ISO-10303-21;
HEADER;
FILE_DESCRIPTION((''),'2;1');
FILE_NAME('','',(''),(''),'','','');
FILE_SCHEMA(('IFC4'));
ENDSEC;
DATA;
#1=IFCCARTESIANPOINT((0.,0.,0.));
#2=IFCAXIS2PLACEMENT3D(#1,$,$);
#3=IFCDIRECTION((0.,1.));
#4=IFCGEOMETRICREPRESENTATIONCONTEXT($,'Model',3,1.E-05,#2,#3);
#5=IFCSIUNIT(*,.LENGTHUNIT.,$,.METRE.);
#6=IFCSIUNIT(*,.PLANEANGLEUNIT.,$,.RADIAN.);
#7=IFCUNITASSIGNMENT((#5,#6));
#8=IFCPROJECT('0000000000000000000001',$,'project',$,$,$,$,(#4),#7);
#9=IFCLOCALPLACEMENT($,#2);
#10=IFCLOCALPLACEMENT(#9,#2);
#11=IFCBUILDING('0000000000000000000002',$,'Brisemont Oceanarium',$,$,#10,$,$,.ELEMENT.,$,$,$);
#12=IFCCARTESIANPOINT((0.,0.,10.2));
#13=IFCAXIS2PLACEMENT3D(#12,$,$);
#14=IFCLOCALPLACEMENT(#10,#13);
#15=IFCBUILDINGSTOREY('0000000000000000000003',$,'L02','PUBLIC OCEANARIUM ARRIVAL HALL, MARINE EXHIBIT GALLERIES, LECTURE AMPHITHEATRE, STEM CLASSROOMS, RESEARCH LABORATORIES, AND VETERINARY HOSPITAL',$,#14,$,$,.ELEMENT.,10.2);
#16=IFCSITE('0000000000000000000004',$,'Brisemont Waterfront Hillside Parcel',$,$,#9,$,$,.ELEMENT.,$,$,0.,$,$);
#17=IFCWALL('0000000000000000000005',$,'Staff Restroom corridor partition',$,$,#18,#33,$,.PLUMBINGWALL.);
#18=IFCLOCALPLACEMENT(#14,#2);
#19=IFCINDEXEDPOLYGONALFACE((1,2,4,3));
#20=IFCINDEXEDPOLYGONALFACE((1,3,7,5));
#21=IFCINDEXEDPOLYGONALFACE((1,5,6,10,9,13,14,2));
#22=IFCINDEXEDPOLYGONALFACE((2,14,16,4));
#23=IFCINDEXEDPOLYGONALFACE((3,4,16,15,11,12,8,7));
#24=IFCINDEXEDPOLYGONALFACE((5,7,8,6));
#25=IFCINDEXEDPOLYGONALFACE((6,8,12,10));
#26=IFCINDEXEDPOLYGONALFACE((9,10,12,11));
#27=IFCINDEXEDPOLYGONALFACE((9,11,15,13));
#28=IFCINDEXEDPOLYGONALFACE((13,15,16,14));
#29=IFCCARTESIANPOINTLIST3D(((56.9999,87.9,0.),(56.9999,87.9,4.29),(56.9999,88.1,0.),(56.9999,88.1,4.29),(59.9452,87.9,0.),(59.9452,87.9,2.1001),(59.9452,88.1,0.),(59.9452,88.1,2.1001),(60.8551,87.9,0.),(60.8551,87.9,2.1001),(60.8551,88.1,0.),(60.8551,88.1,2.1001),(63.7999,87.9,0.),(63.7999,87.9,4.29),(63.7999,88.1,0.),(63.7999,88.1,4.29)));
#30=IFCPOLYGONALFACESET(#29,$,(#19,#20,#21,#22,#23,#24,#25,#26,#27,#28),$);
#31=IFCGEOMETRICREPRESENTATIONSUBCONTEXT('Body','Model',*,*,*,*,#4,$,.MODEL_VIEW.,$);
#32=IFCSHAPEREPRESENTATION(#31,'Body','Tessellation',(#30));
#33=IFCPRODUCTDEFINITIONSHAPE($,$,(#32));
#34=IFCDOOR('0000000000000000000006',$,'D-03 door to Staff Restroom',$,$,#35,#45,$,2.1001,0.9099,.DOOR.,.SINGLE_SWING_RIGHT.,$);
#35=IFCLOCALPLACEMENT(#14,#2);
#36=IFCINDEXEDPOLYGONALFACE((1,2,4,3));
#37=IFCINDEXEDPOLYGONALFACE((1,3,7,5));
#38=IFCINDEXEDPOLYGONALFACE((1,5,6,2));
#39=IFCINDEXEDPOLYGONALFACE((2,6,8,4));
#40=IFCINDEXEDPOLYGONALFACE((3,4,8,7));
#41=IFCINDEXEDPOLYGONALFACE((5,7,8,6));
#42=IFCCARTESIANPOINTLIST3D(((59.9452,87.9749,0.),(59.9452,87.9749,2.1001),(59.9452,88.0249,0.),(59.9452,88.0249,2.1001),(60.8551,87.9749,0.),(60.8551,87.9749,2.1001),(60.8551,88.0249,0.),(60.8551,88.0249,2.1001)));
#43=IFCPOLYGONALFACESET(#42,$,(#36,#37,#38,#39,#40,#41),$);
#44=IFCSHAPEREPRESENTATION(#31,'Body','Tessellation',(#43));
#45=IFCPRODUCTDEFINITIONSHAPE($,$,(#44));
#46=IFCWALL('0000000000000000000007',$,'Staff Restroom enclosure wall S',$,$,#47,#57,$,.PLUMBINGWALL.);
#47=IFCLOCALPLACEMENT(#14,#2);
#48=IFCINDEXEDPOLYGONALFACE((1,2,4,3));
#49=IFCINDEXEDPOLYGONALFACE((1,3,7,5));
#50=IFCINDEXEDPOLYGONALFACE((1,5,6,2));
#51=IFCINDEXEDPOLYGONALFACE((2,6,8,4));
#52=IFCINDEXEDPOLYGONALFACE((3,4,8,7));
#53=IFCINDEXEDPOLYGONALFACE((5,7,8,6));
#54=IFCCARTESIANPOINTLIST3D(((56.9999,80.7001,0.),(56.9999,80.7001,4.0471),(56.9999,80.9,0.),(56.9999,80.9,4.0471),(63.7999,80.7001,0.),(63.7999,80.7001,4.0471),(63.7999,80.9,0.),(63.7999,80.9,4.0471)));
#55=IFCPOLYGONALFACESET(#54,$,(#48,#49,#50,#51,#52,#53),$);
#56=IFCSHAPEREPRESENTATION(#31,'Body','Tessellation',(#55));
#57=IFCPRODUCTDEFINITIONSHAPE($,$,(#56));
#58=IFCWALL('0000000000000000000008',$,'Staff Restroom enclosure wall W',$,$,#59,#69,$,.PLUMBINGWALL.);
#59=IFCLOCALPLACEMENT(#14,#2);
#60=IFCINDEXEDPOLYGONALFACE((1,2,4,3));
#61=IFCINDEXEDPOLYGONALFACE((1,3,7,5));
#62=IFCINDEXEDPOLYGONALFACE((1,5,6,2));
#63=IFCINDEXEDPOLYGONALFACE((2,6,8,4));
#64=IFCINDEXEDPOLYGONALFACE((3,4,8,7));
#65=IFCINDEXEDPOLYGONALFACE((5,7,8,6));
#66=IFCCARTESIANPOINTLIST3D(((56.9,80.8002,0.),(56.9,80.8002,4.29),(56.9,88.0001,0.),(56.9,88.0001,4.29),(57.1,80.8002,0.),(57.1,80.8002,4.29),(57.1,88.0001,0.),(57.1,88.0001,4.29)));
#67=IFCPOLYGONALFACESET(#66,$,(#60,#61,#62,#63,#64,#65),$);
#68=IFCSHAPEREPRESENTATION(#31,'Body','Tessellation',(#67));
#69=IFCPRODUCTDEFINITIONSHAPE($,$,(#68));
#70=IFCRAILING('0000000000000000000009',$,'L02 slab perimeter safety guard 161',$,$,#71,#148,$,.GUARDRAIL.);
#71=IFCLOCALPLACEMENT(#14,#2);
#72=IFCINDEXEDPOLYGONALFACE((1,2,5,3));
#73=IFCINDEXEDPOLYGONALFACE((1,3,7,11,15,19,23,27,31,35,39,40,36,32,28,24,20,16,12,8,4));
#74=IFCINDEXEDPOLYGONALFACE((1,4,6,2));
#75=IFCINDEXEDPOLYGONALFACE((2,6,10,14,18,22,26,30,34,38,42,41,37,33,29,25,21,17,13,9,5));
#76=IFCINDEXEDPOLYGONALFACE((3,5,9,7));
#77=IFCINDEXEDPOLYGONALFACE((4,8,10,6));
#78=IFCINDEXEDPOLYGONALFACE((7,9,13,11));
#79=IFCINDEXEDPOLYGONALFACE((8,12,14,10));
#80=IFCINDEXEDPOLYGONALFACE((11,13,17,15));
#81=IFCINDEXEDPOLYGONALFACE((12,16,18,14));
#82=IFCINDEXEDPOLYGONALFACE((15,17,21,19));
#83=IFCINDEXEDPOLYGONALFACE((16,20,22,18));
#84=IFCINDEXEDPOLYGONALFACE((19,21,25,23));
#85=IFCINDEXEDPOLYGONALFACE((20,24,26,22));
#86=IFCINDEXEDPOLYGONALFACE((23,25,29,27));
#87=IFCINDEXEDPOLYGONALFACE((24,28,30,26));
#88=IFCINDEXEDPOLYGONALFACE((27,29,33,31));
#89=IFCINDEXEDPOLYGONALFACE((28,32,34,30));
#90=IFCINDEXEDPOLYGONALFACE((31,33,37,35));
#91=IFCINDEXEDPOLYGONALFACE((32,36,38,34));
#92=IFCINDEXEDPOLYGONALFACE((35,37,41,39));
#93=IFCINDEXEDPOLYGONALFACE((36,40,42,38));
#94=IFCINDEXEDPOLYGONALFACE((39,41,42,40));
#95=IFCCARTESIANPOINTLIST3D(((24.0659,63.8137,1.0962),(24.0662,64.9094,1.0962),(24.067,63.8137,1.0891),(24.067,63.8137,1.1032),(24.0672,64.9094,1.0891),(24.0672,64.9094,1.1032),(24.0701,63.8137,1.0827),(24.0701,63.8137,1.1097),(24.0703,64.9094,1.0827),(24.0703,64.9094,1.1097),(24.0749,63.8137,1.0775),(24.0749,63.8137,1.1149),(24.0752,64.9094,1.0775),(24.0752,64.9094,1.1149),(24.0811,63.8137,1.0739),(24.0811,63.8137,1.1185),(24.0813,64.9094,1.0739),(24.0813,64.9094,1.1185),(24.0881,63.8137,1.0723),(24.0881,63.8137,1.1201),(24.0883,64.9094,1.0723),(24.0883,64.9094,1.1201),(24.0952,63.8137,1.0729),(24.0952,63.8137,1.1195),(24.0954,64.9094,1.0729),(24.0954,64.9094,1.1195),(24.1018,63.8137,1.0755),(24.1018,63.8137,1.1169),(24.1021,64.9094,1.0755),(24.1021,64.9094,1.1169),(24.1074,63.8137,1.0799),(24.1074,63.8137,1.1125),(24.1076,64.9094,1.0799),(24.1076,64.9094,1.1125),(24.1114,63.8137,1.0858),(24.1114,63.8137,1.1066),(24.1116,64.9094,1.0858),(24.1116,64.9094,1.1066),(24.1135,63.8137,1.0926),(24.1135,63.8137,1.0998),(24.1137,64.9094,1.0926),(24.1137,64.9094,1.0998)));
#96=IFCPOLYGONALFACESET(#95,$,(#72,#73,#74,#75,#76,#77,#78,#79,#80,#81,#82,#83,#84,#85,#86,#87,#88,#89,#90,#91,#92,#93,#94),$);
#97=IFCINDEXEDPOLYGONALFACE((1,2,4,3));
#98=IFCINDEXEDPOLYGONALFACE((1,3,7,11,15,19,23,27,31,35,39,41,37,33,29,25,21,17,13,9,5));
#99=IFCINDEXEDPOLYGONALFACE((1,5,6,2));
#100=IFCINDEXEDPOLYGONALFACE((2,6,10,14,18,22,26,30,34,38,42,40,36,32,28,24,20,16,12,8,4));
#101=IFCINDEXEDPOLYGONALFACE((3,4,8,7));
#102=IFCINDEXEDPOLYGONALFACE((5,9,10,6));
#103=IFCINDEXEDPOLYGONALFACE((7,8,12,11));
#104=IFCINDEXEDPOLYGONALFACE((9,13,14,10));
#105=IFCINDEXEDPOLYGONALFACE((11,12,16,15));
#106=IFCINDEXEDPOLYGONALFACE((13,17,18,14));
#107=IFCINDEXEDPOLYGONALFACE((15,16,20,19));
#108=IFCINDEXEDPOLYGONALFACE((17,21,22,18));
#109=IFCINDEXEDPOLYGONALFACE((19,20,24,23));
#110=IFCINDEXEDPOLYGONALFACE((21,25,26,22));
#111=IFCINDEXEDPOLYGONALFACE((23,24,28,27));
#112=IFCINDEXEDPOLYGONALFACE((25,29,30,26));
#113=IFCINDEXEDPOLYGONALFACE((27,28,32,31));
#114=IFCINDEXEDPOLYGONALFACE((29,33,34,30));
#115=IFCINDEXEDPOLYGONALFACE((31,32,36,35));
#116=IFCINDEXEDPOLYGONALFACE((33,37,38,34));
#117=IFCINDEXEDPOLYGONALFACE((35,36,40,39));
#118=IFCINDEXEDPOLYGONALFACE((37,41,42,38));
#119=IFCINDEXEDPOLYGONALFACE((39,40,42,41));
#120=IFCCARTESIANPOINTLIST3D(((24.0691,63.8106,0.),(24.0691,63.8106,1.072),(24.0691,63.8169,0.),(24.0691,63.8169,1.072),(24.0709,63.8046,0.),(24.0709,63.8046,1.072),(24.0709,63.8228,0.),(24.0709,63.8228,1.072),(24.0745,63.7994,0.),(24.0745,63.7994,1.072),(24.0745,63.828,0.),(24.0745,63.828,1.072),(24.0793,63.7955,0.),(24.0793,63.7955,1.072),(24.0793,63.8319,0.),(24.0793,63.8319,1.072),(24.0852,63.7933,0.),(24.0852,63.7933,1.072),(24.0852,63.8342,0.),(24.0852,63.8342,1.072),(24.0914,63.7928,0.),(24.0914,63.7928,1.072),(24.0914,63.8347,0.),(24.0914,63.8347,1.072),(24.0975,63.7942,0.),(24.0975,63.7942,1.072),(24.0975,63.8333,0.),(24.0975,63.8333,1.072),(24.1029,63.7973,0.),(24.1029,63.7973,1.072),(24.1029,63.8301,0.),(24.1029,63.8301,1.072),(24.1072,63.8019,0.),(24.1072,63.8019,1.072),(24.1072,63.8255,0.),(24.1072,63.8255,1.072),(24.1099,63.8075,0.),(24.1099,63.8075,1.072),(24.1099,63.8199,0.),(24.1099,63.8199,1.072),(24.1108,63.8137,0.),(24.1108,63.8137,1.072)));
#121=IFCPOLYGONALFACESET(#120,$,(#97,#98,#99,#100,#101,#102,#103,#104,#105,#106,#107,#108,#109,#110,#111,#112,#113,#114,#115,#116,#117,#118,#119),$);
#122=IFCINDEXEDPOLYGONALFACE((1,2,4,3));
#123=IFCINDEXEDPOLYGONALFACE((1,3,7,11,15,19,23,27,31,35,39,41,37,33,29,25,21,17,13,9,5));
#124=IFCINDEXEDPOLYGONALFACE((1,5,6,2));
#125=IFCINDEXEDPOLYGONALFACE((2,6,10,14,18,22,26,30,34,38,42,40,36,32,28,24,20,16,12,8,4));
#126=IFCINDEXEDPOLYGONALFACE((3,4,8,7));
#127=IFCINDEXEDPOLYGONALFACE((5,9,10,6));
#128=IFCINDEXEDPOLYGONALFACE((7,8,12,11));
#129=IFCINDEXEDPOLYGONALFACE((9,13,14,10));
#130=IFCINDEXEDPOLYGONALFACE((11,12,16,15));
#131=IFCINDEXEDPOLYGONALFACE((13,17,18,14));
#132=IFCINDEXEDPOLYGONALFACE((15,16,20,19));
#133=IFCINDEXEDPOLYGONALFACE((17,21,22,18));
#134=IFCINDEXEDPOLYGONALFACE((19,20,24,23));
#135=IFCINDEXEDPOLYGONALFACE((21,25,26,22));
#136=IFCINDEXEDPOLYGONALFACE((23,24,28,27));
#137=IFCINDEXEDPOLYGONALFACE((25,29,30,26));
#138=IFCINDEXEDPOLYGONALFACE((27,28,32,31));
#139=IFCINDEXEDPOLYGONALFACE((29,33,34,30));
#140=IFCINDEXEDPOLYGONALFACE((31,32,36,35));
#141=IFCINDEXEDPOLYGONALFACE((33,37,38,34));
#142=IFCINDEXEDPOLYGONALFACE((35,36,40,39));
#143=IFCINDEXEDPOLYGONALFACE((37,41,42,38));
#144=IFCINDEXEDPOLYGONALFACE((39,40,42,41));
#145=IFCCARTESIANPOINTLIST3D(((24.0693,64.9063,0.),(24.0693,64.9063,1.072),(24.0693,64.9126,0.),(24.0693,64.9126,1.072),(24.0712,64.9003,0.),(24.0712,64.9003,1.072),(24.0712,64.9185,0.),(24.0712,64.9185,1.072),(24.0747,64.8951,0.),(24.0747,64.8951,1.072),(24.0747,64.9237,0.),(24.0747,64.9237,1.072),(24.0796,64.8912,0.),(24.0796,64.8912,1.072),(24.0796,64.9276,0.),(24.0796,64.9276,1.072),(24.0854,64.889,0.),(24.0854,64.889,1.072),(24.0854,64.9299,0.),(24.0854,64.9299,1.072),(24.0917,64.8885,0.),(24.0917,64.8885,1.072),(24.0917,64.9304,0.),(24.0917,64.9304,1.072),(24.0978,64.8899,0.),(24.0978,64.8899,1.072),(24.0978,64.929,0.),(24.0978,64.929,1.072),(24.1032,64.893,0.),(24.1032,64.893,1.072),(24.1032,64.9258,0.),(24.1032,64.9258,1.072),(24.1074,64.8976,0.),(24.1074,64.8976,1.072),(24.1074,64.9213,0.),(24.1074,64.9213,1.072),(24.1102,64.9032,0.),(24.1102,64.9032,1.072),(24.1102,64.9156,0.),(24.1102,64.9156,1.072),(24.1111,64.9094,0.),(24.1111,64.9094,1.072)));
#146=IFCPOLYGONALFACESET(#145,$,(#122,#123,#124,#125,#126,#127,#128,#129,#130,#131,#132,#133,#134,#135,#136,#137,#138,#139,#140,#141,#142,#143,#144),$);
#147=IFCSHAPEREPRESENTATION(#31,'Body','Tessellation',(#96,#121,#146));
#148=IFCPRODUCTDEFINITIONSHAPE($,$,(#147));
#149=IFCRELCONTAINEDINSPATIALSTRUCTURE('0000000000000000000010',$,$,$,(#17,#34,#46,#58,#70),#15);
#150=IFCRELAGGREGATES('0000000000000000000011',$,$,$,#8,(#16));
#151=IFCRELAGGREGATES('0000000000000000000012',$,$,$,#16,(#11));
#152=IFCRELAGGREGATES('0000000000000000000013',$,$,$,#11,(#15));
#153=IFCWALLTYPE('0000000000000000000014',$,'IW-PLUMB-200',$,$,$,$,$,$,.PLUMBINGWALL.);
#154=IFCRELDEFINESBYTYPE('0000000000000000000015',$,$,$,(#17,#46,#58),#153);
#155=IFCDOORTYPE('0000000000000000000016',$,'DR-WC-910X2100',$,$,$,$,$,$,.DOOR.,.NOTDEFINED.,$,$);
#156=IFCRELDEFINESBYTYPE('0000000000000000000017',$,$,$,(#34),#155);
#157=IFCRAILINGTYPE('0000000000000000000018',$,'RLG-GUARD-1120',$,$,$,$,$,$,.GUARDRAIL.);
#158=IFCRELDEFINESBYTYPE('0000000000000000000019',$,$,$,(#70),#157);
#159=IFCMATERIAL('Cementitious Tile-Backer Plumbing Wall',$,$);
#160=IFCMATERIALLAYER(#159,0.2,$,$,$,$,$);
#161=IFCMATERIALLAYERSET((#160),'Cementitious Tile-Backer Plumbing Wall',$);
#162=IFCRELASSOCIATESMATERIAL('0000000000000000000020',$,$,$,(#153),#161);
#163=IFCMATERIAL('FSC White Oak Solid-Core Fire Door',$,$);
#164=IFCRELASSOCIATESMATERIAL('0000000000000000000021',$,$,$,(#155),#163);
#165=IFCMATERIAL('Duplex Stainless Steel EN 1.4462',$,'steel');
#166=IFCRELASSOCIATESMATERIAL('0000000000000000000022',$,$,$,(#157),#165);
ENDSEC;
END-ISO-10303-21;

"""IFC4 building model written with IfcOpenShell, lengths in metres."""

from ifc_helpers import new_model, si_unit, direction, frame, frame_2d, origin, origin_2d, place, context, subcontext, project, spatial, rectangle, circle, extrude, material, layer, layer_set, type_object, element, fill, save


model = new_model("IFC4")

# Units and contexts
model_context = context("Model", 3, precision=1e-05, world=origin(), true_north=direction((0.0, 1.0)))
body_context = subcontext(model_context, "Body", "Model", "MODEL_VIEW")
ifc_project = project(units=[si_unit("LENGTHUNIT", "METRE"), si_unit("PLANEANGLEUNIT", "RADIAN")], contexts=[model_context])

# Site, building, storey
site_placement = place(None, origin())
site = spatial("IfcSite", under=ifc_project, at=site_placement, Name="Brisemont Waterfront Hillside Parcel", CompositionType="ELEMENT", RefElevation=0.0)
building_placement = place(site_placement, origin())
building = spatial("IfcBuilding", under=site, at=building_placement, Name="Brisemont Oceanarium", CompositionType="ELEMENT")
storey_placement = place(building_placement, frame((0.0, 0.0, 10.2)))
storey = spatial("IfcBuildingStorey", under=building, at=storey_placement, Name="L02", Description="PUBLIC OCEANARIUM ARRIVAL HALL, MARINE EXHIBIT GALLERIES, LECTURE AMPHITHEATRE, STEM CLASSROOMS, RESEARCH LABORATORIES, AND VETERINARY HOSPITAL", CompositionType="ELEMENT", Elevation=10.2)

# Shared definitions
ifc_material_1 = material(Name="Cementitious Tile-Backer Plumbing Wall")
ifc_layer_1 = layer(ifc_material_1, 0.2)
ifc_layer_set_1 = layer_set([ifc_layer_1], Name="Cementitious Tile-Backer Plumbing Wall")
wall_type = type_object("IfcWallType", Name="IW-PLUMB-200", PredefinedType="PLUMBINGWALL", material=ifc_layer_set_1)

# Wall, opening, door
wall_1_placement = place(storey_placement, frame((57.0, 88.0, 0.0), z_axis=(0.0, 0.0, 1.0), x_axis=(1.0, 0.0, 0.0)))
wall_1 = element("IfcWall", 1, at=wall_1_placement, inside=storey, type_object=wall_type, Name="Staff Restroom corridor partition", PredefinedType="PLUMBINGWALL", context=body_context, shape_type="SweptSolid", body=[
    extrude(rectangle(XDim=6.8, YDim=0.2, at=frame_2d((3.3999, 0.0))), origin(), (0.0, 0.0, 1.0), 4.29),
])
opening_placement = place(wall_1_placement, frame((2.9451, 0.0, 0.0)))
opening = element("IfcOpeningElement", 2, at=opening_placement, cuts=wall_1, PredefinedType="OPENING", context=body_context, shape_type="SweptSolid", body=[
    extrude(rectangle(XDim=0.9099, YDim=2.1001, at=frame_2d((0.4551, 1.05))), frame((0.0, 0.1099, 0.0), z_axis=(0.0, -1.0, 0.0), x_axis=(1.0, 0.0, 0.0)), (0.0, 0.0, 1.0), 0.22),
])
ifc_material_2 = material(Name="FSC White Oak Solid-Core Fire Door")
door_type = type_object("IfcDoorType", Name="DR-WC-910X2100", OperationType="NOTDEFINED", PredefinedType="DOOR", material=ifc_material_2)
door_placement = place(opening_placement, origin())
door = element("IfcDoor", 3, at=door_placement, inside=storey, type_object=door_type, Name="D-03 door to Staff Restroom", OperationType="SINGLE_SWING_RIGHT", OverallHeight=2.1001, OverallWidth=0.9099, PredefinedType="DOOR", context=body_context, shape_type="SweptSolid", body=[
    extrude(rectangle(XDim=0.9099, YDim=2.1001, at=frame_2d((0.4551, 1.05))), frame((0.0, 0.0249, 0.0), z_axis=(0.0, -1.0, 0.0), x_axis=(1.0, 0.0, 0.0)), (0.0, 0.0, 1.0), 0.05),
])
fill(opening, door)

# Walls
wall_2_placement = place(storey_placement, frame((57.0, 80.8, 0.0), z_axis=(0.0, 0.0, 1.0), x_axis=(1.0, 0.0, 0.0)))
element("IfcWall", 4, at=wall_2_placement, inside=storey, type_object=wall_type, Name="Staff Restroom enclosure wall S", PredefinedType="PLUMBINGWALL", context=body_context, shape_type="SweptSolid", body=[
    extrude(rectangle(XDim=6.8, YDim=0.2, at=frame_2d((3.3999, 0.0))), origin(), (0.0, 0.0, 1.0), 4.0471),
])
wall_3_placement = place(storey_placement, frame((57.0, 80.8, 0.0), z_axis=(0.0, 0.0, 1.0), x_axis=(0.0, 1.0, 0.0)))
element("IfcWall", 5, at=wall_3_placement, inside=storey, type_object=wall_type, Name="Staff Restroom enclosure wall W", PredefinedType="PLUMBINGWALL", context=body_context, shape_type="SweptSolid", body=[
    extrude(rectangle(XDim=7.2, YDim=0.2, at=frame_2d((3.6001, 0.0))), origin(), (0.0, 0.0, 1.0), 4.29),
])

# Railing
ifc_material_3 = material(Name="Duplex Stainless Steel EN 1.4462", Category="steel")
railing_type = type_object("IfcRailingType", Name="RLG-GUARD-1120", PredefinedType="GUARDRAIL", material=ifc_material_3)
railing_1_placement = place(storey_placement, frame((24.0898, 63.8137, 0.0)))
element("IfcRailing", 6, at=railing_1_placement, inside=storey, type_object=railing_type, Name="L02 slab perimeter safety guard 161", PredefinedType="GUARDRAIL", context=body_context, shape_type="SweptSolid", body=[
    extrude(circle(Radius=0.0239, at=origin_2d()), frame((0.0, 0.0, 1.0962), z_axis=(0.000223, 1.0, 0.0), x_axis=(-1.0, 0.000223, 0.0)), (0.0, 0.0, 1.0), 1.0957),
    extrude(circle(Radius=0.021, at=origin_2d()), origin(), (0.0, 0.0, 1.0), 1.072),
    extrude(circle(Radius=0.021, at=origin_2d()), frame((0.0002, 1.0957, 0.0)), (0.0, 0.0, 1.0), 1.072),
])

save(model, "model.ifc")
